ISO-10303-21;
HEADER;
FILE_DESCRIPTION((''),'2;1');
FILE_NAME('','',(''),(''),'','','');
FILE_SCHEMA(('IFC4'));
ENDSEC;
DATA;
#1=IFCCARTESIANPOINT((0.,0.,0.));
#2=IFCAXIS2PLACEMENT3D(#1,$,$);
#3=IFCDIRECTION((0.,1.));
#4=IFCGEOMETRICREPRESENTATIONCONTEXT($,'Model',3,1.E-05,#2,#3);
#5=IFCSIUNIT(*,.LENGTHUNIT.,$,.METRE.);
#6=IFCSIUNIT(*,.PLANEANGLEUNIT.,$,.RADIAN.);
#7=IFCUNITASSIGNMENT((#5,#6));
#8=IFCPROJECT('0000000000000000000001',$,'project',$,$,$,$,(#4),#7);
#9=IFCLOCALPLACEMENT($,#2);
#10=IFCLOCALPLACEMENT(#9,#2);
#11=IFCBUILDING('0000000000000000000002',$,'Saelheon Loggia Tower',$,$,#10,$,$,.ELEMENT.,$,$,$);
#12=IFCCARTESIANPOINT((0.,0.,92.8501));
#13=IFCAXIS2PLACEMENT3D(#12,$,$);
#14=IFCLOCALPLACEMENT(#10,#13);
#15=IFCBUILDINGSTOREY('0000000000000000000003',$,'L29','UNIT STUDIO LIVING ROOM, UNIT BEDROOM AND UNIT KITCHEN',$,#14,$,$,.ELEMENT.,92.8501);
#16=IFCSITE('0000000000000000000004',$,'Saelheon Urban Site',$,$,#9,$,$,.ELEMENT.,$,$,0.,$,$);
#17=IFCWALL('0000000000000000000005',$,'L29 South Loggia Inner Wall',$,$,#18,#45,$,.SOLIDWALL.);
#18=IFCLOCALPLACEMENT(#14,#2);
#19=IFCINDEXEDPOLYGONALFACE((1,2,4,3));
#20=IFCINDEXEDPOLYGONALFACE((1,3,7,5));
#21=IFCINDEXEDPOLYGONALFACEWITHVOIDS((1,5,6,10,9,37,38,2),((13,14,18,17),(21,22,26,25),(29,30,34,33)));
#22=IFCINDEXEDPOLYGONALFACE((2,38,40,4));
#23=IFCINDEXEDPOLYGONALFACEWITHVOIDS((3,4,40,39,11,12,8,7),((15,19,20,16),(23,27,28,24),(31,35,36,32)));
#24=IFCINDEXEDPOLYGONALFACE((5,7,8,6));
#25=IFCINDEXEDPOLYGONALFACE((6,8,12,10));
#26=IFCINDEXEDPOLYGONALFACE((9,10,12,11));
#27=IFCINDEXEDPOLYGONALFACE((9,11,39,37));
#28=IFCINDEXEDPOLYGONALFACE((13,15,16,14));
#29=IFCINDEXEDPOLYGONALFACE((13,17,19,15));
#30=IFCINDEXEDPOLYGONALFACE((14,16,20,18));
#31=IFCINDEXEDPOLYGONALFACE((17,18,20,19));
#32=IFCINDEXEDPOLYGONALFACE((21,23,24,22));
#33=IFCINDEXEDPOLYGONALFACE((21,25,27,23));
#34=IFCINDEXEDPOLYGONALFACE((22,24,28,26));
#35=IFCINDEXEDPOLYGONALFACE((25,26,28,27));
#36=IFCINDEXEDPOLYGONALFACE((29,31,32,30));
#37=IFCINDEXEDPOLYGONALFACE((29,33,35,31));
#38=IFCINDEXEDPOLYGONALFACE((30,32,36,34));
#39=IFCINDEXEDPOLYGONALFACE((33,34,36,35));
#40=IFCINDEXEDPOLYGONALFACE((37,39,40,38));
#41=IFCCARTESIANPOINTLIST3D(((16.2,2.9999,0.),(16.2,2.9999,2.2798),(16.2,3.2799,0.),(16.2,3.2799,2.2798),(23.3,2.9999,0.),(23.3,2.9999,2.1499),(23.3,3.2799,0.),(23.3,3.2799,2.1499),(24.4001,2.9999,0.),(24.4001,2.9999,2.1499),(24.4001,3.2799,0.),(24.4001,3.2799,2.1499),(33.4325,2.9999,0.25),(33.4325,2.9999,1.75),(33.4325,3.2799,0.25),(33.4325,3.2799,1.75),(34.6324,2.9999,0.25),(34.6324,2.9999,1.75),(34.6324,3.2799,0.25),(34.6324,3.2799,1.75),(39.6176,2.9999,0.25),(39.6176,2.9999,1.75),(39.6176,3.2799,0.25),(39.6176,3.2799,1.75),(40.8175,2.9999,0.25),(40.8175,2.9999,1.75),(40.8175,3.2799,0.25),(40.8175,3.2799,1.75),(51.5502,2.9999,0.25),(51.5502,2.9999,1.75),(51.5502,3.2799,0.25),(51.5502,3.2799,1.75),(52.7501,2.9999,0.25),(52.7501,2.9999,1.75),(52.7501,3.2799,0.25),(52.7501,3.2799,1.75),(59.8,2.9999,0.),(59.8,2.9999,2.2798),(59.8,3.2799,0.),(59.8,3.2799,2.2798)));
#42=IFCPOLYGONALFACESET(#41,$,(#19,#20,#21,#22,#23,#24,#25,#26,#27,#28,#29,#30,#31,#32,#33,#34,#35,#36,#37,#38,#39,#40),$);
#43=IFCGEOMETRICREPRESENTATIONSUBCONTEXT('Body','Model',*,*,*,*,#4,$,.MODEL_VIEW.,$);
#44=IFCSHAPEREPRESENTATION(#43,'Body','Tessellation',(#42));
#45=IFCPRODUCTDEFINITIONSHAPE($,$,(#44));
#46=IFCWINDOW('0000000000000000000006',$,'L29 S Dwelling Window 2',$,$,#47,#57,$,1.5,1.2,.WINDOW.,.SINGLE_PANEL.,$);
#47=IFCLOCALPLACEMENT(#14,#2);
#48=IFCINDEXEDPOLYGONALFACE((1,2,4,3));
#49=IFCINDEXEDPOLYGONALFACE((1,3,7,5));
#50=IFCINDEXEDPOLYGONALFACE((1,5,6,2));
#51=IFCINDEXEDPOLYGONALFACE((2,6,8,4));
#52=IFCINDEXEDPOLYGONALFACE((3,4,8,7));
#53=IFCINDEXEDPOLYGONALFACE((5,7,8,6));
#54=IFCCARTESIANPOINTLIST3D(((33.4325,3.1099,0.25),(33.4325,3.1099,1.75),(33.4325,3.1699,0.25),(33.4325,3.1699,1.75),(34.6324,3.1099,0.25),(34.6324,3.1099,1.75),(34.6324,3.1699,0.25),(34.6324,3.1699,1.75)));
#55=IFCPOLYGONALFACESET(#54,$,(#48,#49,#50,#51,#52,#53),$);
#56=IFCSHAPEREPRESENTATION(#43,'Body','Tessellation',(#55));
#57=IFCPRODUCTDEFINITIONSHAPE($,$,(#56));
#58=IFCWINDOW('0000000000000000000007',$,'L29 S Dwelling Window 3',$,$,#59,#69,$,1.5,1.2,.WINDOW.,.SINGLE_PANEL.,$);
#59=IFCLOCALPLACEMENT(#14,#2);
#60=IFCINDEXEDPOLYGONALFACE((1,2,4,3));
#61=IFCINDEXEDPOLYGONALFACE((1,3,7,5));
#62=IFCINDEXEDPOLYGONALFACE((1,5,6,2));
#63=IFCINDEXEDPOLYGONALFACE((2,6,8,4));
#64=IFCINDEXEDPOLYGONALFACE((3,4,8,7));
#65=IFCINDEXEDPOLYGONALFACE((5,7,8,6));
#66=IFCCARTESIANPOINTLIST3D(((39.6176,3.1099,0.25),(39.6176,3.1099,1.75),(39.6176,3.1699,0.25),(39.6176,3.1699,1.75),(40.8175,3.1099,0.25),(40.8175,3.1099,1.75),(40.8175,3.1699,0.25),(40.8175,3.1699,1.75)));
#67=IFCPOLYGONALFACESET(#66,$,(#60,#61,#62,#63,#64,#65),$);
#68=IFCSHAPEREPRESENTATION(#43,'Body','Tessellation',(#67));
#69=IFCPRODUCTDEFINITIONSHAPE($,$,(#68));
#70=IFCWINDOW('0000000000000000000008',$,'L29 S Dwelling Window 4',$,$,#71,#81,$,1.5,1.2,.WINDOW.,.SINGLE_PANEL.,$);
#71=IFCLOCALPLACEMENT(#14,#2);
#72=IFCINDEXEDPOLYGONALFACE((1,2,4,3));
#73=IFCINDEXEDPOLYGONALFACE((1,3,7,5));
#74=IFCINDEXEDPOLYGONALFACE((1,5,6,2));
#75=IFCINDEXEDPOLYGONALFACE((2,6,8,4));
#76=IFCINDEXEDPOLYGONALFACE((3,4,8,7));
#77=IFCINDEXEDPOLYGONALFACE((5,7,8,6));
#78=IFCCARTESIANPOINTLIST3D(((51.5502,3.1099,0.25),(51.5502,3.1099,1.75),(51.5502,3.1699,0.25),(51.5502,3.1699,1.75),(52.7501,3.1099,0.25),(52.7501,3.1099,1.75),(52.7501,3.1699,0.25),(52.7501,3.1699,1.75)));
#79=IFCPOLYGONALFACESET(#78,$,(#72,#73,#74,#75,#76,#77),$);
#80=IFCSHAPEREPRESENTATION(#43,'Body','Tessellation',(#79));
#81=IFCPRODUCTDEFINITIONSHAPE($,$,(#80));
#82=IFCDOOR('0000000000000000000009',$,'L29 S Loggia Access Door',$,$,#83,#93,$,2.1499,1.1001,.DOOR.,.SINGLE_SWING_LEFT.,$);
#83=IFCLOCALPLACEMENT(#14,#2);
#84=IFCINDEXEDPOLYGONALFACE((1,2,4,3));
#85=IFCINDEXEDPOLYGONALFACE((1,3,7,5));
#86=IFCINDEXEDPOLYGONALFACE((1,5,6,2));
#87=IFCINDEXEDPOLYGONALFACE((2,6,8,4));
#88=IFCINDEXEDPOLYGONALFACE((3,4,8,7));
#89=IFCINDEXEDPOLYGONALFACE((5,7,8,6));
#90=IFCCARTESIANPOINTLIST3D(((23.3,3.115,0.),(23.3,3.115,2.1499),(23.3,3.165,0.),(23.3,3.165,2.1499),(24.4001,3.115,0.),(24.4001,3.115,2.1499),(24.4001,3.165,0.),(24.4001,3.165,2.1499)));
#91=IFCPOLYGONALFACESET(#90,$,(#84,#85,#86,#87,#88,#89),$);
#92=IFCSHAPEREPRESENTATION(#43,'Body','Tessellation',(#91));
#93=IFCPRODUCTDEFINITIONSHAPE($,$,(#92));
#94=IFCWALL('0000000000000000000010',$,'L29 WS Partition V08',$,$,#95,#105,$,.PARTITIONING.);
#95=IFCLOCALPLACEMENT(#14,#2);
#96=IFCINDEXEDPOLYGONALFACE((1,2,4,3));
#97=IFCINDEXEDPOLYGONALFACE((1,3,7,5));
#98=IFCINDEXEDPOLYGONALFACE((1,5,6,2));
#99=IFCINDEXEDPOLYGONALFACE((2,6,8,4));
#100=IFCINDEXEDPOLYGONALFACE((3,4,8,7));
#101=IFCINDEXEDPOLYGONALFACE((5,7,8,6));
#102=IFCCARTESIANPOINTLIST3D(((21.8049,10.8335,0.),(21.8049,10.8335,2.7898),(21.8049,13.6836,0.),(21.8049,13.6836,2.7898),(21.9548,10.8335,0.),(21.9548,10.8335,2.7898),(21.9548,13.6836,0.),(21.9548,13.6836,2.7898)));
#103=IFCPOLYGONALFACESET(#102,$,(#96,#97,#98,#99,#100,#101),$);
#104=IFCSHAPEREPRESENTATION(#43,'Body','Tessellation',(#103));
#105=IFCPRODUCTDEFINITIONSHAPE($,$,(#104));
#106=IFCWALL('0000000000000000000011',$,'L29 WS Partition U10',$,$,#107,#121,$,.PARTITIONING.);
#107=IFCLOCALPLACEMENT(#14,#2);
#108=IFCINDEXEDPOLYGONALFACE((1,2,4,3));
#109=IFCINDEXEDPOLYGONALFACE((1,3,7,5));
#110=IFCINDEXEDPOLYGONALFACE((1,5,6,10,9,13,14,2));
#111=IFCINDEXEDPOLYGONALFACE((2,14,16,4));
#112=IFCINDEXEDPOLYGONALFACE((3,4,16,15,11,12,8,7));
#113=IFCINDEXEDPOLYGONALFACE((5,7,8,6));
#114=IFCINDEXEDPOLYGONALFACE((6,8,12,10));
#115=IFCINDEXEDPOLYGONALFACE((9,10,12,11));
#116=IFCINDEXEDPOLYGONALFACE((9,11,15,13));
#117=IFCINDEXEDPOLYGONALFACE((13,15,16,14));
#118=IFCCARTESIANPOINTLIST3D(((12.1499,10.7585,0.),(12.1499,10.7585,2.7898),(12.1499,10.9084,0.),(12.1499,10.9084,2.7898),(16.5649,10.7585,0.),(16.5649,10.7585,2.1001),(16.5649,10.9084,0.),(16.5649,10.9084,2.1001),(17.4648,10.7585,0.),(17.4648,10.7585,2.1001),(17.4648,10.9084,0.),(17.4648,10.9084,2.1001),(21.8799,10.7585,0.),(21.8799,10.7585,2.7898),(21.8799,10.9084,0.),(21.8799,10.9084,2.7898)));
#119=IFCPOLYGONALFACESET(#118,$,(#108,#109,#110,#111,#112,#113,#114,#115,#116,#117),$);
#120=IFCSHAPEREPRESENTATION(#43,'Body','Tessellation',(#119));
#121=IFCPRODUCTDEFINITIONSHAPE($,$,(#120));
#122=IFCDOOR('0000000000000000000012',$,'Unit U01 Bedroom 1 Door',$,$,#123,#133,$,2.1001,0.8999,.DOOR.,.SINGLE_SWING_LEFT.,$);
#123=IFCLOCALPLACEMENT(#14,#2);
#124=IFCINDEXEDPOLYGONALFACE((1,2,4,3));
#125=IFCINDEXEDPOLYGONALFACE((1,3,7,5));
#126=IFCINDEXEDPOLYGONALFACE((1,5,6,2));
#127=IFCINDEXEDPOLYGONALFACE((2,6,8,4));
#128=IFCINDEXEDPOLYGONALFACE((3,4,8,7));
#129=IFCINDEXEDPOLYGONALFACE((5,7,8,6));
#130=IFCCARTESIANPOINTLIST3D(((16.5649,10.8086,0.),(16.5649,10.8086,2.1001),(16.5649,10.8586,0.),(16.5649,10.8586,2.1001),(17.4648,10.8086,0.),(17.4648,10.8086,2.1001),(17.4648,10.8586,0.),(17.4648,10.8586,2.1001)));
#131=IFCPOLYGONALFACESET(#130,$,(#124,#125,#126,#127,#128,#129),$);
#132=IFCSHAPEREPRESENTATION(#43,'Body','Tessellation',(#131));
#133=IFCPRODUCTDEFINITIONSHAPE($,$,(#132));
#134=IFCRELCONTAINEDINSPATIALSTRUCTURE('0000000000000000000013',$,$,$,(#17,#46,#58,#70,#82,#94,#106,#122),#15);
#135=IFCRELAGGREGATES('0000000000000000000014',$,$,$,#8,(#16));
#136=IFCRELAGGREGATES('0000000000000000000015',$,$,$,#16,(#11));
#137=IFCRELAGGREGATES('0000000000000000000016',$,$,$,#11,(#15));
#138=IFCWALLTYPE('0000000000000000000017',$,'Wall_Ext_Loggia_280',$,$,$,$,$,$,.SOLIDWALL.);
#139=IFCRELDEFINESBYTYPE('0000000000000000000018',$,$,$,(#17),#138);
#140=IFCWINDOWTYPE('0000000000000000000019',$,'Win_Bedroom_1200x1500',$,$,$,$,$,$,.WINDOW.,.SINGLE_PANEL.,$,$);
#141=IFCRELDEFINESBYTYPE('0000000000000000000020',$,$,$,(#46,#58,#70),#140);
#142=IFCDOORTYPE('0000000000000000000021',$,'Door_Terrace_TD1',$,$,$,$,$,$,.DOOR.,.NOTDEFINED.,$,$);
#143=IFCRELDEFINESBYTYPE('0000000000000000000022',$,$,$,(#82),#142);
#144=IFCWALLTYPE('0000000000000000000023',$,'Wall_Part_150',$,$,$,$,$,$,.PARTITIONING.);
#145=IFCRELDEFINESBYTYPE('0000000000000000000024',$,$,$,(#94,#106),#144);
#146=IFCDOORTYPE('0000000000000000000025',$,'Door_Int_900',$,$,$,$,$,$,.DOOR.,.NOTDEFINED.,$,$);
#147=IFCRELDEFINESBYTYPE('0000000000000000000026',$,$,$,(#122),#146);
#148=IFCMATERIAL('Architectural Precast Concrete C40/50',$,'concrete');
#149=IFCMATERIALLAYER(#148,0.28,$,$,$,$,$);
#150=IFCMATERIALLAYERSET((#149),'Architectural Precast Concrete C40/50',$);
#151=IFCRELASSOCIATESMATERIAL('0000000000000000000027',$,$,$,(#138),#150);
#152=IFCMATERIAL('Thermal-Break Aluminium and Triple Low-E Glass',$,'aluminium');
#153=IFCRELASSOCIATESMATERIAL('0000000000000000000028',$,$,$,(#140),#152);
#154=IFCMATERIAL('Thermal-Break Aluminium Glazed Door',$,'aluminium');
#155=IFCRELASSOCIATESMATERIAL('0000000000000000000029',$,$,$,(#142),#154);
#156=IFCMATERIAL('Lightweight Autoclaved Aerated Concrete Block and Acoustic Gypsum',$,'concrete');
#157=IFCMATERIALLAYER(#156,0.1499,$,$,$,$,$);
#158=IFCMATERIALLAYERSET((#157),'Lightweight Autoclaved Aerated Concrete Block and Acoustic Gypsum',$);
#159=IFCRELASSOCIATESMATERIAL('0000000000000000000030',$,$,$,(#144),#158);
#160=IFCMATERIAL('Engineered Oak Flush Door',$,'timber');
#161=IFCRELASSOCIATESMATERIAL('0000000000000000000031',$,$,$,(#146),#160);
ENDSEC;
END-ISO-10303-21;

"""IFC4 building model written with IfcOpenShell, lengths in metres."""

from ifc_helpers import new_model, si_unit, direction, frame, frame_2d, origin, place, context, subcontext, project, spatial, rectangle, extrude, source, transform, mapped, material, layer, layer_set, type_object, element, fill, save


model = new_model("IFC4")

# Units and contexts
model_context = context("Model", 3, precision=1e-05, world=origin(), true_north=direction((0.0, 1.0)))
body_context = subcontext(model_context, "Body", "Model", "MODEL_VIEW")
ifc_project = project(units=[si_unit("LENGTHUNIT", "METRE"), si_unit("PLANEANGLEUNIT", "RADIAN")], contexts=[model_context])

# Site, building, storey
site_placement = place(None, origin())
site = spatial("IfcSite", under=ifc_project, at=site_placement, Name="Saelheon Urban Site", CompositionType="ELEMENT", RefElevation=0.0)
building_placement = place(site_placement, origin())
building = spatial("IfcBuilding", under=site, at=building_placement, Name="Saelheon Loggia Tower", CompositionType="ELEMENT")
storey_placement = place(building_placement, frame((0.0, 0.0, 92.8501)))
storey = spatial("IfcBuildingStorey", under=building, at=storey_placement, Name="L29", Description="UNIT STUDIO LIVING ROOM, UNIT BEDROOM AND UNIT KITCHEN", CompositionType="ELEMENT", Elevation=92.8501)

# Wall, openings, windows, door
ifc_material_1 = material(Name="Architectural Precast Concrete C40/50", Category="concrete")
ifc_layer_1 = layer(ifc_material_1, 0.28)
ifc_layer_set_1 = layer_set([ifc_layer_1], Name="Architectural Precast Concrete C40/50")
wall_type_1 = type_object("IfcWallType", Name="Wall_Ext_Loggia_280", PredefinedType="SOLIDWALL", material=ifc_layer_set_1)
wall_1_placement = place(storey_placement, frame((16.2, 3.1399, 0.0), z_axis=(0.0, 0.0, 1.0), x_axis=(1.0, 0.0, 0.0)))
wall_1 = element("IfcWall", 1, at=wall_1_placement, inside=storey, type_object=wall_type_1, Name="L29 South Loggia Inner Wall", PredefinedType="SOLIDWALL", context=body_context, shape_type="SweptSolid", body=[
    extrude(rectangle(XDim=43.6001, YDim=0.28, at=frame_2d((21.8, 0.0))), origin(), (0.0, 0.0, 1.0), 2.2798),
])
opening_1_placement = place(wall_1_placement, frame((8.2002, 0.0, 0.0), z_axis=(0.0, 0.0, 1.0), x_axis=(-1.0, 0.0, 0.0)))
opening_1 = element("IfcOpeningElement", 2, at=opening_1_placement, cuts=wall_1, PredefinedType="OPENING", context=body_context, shape_type="SweptSolid", body=[
    extrude(rectangle(XDim=1.1001, YDim=2.1499, at=frame_2d((0.55, 1.075))), frame((0.0, 0.1521, 0.0), z_axis=(0.0, -1.0, 0.0), x_axis=(1.0, 0.0, 0.0)), (0.0, 0.0, 1.0), 0.304),
])
opening_2_placement = place(wall_1_placement, frame((17.2324, 0.0, 0.25)))
opening_2 = element("IfcOpeningElement", 3, at=opening_2_placement, cuts=wall_1, PredefinedType="OPENING", context=body_context, shape_type="SweptSolid", body=[
    extrude(rectangle(XDim=1.2, YDim=1.5, at=frame_2d((0.6001, 0.75))), frame((0.0, 0.1521, 0.0), z_axis=(0.0, -1.0, 0.0), x_axis=(1.0, 0.0, 0.0)), (0.0, 0.0, 1.0), 0.304),
])
opening_3_placement = place(wall_1_placement, frame((23.4175, 0.0, 0.25)))
opening_3 = element("IfcOpeningElement", 4, at=opening_3_placement, cuts=wall_1, PredefinedType="OPENING", context=body_context, shape_type="SweptSolid", body=[
    extrude(rectangle(XDim=1.2, YDim=1.5, at=frame_2d((0.6001, 0.75))), frame((0.0, 0.1521, 0.0), z_axis=(0.0, -1.0, 0.0), x_axis=(1.0, 0.0, 0.0)), (0.0, 0.0, 1.0), 0.304),
])
opening_4_placement = place(wall_1_placement, frame((35.3501, 0.0, 0.25)))
opening_4 = element("IfcOpeningElement", 5, at=opening_4_placement, cuts=wall_1, PredefinedType="OPENING", context=body_context, shape_type="SweptSolid", body=[
    extrude(rectangle(XDim=1.2, YDim=1.5, at=frame_2d((0.6001, 0.75))), frame((0.0, 0.1521, 0.0), z_axis=(0.0, -1.0, 0.0), x_axis=(1.0, 0.0, 0.0)), (0.0, 0.0, 1.0), 0.304),
])
ifc_material_2 = material(Name="Thermal-Break Aluminium and Triple Low-E Glass", Category="aluminium")
window_type = type_object("IfcWindowType", Name="Win_Bedroom_1200x1500", PartitioningType="SINGLE_PANEL", PredefinedType="WINDOW", material=ifc_material_2)
shared_shape_1 = source(origin(), body_context, "Body", "SweptSolid", [
    extrude(rectangle(XDim=1.2, YDim=1.5, at=frame_2d((0.6001, 0.75))), frame((0.0, 0.03, 0.0), z_axis=(0.0, -1.0, 0.0), x_axis=(1.0, 0.0, 0.0)), (0.0, 0.0, 1.0), 0.0601),
])
window_1_placement = place(opening_2_placement, origin())
window_1 = element("IfcWindow", 6, at=window_1_placement, inside=storey, type_object=window_type, Name="L29 S Dwelling Window 2", OverallHeight=1.5, OverallWidth=1.2, PartitioningType="SINGLE_PANEL", PredefinedType="WINDOW", context=body_context, shape_type="MappedRepresentation", body=[
    mapped(shared_shape_1, transform((0.0, 0.0, 0.0), scale=1.0)),
])
fill(opening_2, window_1)
window_2_placement = place(opening_3_placement, origin())
window_2 = element("IfcWindow", 7, at=window_2_placement, inside=storey, type_object=window_type, Name="L29 S Dwelling Window 3", OverallHeight=1.5, OverallWidth=1.2, PartitioningType="SINGLE_PANEL", PredefinedType="WINDOW", context=body_context, shape_type="MappedRepresentation", body=[
    mapped(shared_shape_1, transform((0.0, 0.0, 0.0), scale=1.0)),
])
fill(opening_3, window_2)
window_3_placement = place(opening_4_placement, origin())
window_3 = element("IfcWindow", 8, at=window_3_placement, inside=storey, type_object=window_type, Name="L29 S Dwelling Window 4", OverallHeight=1.5, OverallWidth=1.2, PartitioningType="SINGLE_PANEL", PredefinedType="WINDOW", context=body_context, shape_type="MappedRepresentation", body=[
    mapped(shared_shape_1, transform((0.0, 0.0, 0.0), scale=1.0)),
])
fill(opening_4, window_3)
ifc_material_3 = material(Name="Thermal-Break Aluminium Glazed Door", Category="aluminium")
door_type_1 = type_object("IfcDoorType", Name="Door_Terrace_TD1", OperationType="NOTDEFINED", PredefinedType="DOOR", material=ifc_material_3)
shared_shape_2 = source(origin(), body_context, "Body", "SweptSolid", [
    extrude(rectangle(XDim=1.1001, YDim=2.1499, at=frame_2d((0.55, 1.075))), frame((0.0, 0.0249, 0.0), z_axis=(0.0, -1.0, 0.0), x_axis=(1.0, 0.0, 0.0)), (0.0, 0.0, 1.0), 0.05),
])
door_1_placement = place(opening_1_placement, origin())
door_1 = element("IfcDoor", 9, at=door_1_placement, inside=storey, type_object=door_type_1, Name="L29 S Loggia Access Door", OperationType="SINGLE_SWING_LEFT", OverallHeight=2.1499, OverallWidth=1.1001, PredefinedType="DOOR", context=body_context, shape_type="MappedRepresentation", body=[
    mapped(shared_shape_2, transform((0.0, 0.0, 0.0), scale=1.0)),
])
fill(opening_1, door_1)

# Wall
ifc_material_4 = material(Name="Lightweight Autoclaved Aerated Concrete Block and Acoustic Gypsum", Category="concrete")
ifc_layer_2 = layer(ifc_material_4, 0.1499)
ifc_layer_set_2 = layer_set([ifc_layer_2], Name="Lightweight Autoclaved Aerated Concrete Block and Acoustic Gypsum")
wall_type_2 = type_object("IfcWallType", Name="Wall_Part_150", PredefinedType="PARTITIONING", material=ifc_layer_set_2)
wall_2_placement = place(storey_placement, frame((21.8799, 10.8335, 0.0), z_axis=(0.0, 0.0, 1.0), x_axis=(0.0, 1.0, 0.0)))
element("IfcWall", 10, at=wall_2_placement, inside=storey, type_object=wall_type_2, Name="L29 WS Partition V08", PredefinedType="PARTITIONING", context=body_context, shape_type="SweptSolid", body=[
    extrude(rectangle(XDim=2.8501, YDim=0.1499, at=frame_2d((1.425, 0.0))), origin(), (0.0, 0.0, 1.0), 2.7898),
])

# Wall, opening, door
wall_3_placement = place(storey_placement, frame((21.8799, 10.8335, 0.0), z_axis=(0.0, 0.0, 1.0), x_axis=(-1.0, 0.0, 0.0)))
wall_3 = element("IfcWall", 11, at=wall_3_placement, inside=storey, type_object=wall_type_2, Name="L29 WS Partition U10", PredefinedType="PARTITIONING", context=body_context, shape_type="SweptSolid", body=[
    extrude(rectangle(XDim=9.73, YDim=0.1499, at=frame_2d((4.865, 0.0))), origin(), (0.0, 0.0, 1.0), 2.7898),
])
opening_5_placement = place(wall_3_placement, frame((4.415, 0.0, 0.0)))
opening_5 = element("IfcOpeningElement", 12, at=opening_5_placement, cuts=wall_3, PredefinedType="OPENING", context=body_context, shape_type="SweptSolid", body=[
    extrude(rectangle(XDim=0.8999, YDim=2.1001, at=frame_2d((0.45, 1.05))), frame((0.0, 0.0869, 0.0), z_axis=(0.0, -1.0, 0.0), x_axis=(1.0, 0.0, 0.0)), (0.0, 0.0, 1.0), 0.1738),
])
ifc_material_5 = material(Name="Engineered Oak Flush Door", Category="timber")
door_type_2 = type_object("IfcDoorType", Name="Door_Int_900", OperationType="NOTDEFINED", PredefinedType="DOOR", material=ifc_material_5)
shared_shape_3 = source(origin(), body_context, "Body", "SweptSolid", [
    extrude(rectangle(XDim=0.8999, YDim=2.1001, at=frame_2d((0.45, 1.05))), frame((0.0, 0.0249, 0.0), z_axis=(0.0, -1.0, 0.0), x_axis=(1.0, 0.0, 0.0)), (0.0, 0.0, 1.0), 0.05),
])
door_2_placement = place(opening_5_placement, origin())
door_2 = element("IfcDoor", 13, at=door_2_placement, inside=storey, type_object=door_type_2, Name="Unit U01 Bedroom 1 Door", OperationType="SINGLE_SWING_LEFT", OverallHeight=2.1001, OverallWidth=0.8999, PredefinedType="DOOR", context=body_context, shape_type="MappedRepresentation", body=[
    mapped(shared_shape_3, transform((0.0, 0.0, 0.0), scale=1.0)),
])
fill(opening_5, door_2)

save(model, "model.ifc")
